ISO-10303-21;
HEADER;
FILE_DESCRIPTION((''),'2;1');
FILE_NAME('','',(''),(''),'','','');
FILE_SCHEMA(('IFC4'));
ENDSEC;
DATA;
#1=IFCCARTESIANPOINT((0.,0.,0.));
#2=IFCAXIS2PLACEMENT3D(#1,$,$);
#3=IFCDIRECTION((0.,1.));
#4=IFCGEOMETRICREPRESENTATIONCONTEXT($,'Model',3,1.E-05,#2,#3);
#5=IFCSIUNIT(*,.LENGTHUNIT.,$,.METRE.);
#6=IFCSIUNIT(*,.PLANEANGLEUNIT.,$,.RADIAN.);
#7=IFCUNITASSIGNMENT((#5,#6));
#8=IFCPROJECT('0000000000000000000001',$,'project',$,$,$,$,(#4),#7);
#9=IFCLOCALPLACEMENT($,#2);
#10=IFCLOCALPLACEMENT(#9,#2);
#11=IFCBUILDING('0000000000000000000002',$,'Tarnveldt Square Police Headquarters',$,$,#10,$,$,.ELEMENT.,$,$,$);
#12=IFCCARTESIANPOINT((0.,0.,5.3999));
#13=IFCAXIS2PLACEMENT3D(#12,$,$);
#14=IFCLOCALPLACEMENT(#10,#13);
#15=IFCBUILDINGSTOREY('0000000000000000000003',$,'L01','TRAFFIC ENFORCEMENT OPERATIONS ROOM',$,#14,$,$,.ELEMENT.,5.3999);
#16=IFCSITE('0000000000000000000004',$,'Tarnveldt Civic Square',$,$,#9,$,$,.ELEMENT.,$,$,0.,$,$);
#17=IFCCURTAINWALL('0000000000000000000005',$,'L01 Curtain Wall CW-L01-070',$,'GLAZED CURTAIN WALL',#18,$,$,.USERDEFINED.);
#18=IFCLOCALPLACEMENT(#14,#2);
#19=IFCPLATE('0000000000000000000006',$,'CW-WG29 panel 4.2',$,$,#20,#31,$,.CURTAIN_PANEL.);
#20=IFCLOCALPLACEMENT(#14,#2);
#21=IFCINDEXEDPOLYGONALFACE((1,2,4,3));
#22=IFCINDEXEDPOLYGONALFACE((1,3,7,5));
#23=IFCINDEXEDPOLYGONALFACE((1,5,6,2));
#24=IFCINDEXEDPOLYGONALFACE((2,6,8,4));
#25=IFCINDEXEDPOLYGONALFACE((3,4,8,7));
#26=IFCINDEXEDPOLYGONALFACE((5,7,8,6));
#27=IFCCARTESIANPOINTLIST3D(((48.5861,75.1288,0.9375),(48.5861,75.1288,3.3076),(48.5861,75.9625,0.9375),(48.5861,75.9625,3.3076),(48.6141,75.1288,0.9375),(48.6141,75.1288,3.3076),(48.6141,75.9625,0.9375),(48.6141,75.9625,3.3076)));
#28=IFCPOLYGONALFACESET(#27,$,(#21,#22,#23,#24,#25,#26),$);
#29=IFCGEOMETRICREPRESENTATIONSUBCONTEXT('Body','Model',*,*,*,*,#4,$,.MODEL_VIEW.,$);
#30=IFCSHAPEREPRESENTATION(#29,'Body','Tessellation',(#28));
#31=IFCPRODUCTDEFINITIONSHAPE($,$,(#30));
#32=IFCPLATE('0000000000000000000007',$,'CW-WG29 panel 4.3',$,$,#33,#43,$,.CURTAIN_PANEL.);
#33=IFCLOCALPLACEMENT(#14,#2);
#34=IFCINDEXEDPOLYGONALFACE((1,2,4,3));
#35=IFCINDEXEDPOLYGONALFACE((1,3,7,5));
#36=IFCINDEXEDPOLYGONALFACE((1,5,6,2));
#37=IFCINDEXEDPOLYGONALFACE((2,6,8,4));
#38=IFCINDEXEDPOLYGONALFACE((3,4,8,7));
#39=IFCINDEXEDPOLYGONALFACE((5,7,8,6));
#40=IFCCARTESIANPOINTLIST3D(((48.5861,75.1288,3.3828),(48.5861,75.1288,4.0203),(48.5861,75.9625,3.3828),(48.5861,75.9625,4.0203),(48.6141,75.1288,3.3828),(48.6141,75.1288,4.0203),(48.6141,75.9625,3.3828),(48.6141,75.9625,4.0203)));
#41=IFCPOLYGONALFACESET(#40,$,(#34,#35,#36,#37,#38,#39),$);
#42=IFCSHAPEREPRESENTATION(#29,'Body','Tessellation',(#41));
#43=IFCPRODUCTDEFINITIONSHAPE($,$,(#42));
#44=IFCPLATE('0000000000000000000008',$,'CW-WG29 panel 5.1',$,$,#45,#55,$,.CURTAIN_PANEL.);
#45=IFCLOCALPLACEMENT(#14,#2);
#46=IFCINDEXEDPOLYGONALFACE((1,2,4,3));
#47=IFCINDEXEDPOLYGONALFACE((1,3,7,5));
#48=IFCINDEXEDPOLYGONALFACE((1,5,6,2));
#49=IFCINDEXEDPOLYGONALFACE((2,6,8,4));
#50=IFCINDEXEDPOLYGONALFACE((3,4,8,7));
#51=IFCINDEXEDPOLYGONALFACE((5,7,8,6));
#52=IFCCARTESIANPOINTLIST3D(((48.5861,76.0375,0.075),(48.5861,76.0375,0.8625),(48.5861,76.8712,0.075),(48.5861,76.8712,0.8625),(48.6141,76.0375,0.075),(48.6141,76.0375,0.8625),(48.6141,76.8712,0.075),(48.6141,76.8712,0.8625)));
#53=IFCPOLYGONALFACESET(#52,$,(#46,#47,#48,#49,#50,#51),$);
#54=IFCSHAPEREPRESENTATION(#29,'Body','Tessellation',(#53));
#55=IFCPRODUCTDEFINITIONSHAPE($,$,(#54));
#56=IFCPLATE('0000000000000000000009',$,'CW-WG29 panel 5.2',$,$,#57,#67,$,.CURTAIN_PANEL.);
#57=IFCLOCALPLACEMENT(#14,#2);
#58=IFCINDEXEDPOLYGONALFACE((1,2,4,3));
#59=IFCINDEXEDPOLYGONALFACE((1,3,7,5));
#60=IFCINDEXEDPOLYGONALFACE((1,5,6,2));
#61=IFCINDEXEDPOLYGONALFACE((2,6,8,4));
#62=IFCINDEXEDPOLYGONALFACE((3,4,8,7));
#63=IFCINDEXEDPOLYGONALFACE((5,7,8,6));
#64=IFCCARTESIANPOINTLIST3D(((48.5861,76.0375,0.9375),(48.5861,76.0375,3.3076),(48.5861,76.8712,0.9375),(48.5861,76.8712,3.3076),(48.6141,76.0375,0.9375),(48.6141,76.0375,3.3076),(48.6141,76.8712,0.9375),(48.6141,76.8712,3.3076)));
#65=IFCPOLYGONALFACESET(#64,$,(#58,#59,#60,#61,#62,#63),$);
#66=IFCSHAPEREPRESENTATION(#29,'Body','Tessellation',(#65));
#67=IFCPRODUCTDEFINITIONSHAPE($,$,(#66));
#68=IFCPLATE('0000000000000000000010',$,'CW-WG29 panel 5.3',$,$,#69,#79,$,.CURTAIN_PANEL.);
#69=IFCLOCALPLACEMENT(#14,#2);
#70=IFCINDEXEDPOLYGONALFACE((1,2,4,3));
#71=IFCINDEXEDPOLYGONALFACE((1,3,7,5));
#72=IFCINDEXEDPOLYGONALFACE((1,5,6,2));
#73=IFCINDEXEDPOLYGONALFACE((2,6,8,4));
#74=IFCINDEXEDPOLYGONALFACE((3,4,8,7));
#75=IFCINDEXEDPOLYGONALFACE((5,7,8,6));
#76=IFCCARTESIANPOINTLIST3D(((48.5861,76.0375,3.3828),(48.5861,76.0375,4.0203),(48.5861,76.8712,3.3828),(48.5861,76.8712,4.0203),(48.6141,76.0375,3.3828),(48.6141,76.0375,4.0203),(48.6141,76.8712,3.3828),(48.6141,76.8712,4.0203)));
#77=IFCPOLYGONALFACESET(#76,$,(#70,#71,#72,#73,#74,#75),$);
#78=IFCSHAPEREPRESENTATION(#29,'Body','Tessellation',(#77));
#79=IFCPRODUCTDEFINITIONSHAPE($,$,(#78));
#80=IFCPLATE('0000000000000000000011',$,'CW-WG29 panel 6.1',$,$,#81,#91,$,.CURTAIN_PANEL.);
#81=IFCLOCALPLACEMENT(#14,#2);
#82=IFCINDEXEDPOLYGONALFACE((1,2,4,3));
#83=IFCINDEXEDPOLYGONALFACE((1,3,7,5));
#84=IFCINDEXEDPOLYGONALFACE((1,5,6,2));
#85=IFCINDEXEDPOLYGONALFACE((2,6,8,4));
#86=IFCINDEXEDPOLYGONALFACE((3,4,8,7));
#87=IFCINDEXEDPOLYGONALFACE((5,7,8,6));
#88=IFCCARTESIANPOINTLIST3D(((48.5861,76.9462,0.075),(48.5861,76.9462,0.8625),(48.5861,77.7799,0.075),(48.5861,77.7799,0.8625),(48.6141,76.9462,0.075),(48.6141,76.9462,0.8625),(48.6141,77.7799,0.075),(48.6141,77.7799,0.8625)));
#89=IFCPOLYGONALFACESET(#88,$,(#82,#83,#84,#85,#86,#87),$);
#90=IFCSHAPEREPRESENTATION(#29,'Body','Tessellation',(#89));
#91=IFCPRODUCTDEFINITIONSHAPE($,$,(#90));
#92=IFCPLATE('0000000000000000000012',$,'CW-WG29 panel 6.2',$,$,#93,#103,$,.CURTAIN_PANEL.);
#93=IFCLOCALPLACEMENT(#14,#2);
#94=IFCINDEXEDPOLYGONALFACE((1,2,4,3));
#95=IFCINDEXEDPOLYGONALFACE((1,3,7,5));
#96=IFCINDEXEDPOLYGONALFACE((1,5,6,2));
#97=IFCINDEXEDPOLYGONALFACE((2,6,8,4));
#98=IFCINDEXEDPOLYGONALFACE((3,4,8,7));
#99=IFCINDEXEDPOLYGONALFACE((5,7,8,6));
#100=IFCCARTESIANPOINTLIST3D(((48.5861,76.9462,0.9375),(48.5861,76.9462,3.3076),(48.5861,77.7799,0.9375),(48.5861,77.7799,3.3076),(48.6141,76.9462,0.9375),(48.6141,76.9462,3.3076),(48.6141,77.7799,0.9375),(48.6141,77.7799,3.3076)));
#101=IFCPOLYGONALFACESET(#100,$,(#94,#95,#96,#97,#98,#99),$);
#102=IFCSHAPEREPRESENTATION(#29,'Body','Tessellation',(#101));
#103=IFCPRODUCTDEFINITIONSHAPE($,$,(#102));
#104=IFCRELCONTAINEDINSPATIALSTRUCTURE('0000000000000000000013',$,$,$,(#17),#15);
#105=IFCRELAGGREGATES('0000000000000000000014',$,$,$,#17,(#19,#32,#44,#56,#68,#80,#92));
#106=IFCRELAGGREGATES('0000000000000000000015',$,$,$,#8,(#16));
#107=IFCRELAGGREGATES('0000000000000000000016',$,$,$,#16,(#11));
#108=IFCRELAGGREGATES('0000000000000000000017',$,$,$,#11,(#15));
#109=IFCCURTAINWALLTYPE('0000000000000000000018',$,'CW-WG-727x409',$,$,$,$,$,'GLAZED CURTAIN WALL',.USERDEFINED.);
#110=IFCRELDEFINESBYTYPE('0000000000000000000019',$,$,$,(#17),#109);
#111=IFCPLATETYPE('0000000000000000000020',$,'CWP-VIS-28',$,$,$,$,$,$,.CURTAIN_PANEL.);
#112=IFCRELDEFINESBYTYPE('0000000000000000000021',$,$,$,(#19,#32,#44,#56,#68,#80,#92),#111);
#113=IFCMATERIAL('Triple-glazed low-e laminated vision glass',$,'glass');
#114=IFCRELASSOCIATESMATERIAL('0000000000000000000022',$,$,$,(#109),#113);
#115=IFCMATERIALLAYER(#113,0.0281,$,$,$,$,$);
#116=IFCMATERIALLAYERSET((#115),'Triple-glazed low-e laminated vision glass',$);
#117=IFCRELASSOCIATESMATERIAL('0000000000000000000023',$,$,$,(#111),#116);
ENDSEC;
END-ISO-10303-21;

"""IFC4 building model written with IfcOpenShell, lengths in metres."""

from ifc_helpers import new_model, si_unit, direction, frame, origin, origin_2d, place, context, subcontext, project, spatial, rectangle, extrude, material, layer, layer_set, type_object, element, aggregate, save


model = new_model("IFC4")

# Units and contexts
model_context = context("Model", 3, precision=1e-05, world=origin(), true_north=direction((0.0, 1.0)))
body_context = subcontext(model_context, "Body", "Model", "MODEL_VIEW")
ifc_project = project(units=[si_unit("LENGTHUNIT", "METRE"), si_unit("PLANEANGLEUNIT", "RADIAN")], contexts=[model_context])

# Site, building, storey
site_placement = place(None, origin())
site = spatial("IfcSite", under=ifc_project, at=site_placement, Name="Tarnveldt Civic Square", CompositionType="ELEMENT", RefElevation=0.0)
building_placement = place(site_placement, origin())
building = spatial("IfcBuilding", under=site, at=building_placement, Name="Tarnveldt Square Police Headquarters", CompositionType="ELEMENT")
storey_placement = place(building_placement, frame((0.0, 0.0, 5.3999)))
storey = spatial("IfcBuildingStorey", under=building, at=storey_placement, Name="L01", Description="TRAFFIC ENFORCEMENT OPERATIONS ROOM", CompositionType="ELEMENT", Elevation=5.3999)

# Curtain wall, plates
ifc_material_1 = material(Name="Triple-glazed low-e laminated vision glass", Category="glass")
curtain_wall_type = type_object("IfcCurtainWallType", Name="CW-WG-727x409", ElementType="GLAZED CURTAIN WALL", PredefinedType="USERDEFINED", material=ifc_material_1)
curtain_wall_placement = place(storey_placement, origin())
curtain_wall = element("IfcCurtainWall", 1, at=curtain_wall_placement, inside=storey, type_object=curtain_wall_type, Name="L01 Curtain Wall CW-L01-070", ObjectType="GLAZED CURTAIN WALL", PredefinedType="USERDEFINED")
ifc_layer = layer(ifc_material_1, 0.0281)
ifc_layer_set = layer_set([ifc_layer], Name="Triple-glazed low-e laminated vision glass")
plate_type = type_object("IfcPlateType", Name="CWP-VIS-28", PredefinedType="CURTAIN_PANEL", material=ifc_layer_set)
plate_1_placement = place(storey_placement, frame((48.6001, 75.5457, 0.9375), z_axis=(0.0, 0.0, 1.0), x_axis=(0.0, 1.0, 0.0)))
plate_1 = element("IfcPlate", 2, at=plate_1_placement, type_object=plate_type, Name="CW-WG29 panel 4.2", PredefinedType="CURTAIN_PANEL", context=body_context, shape_type="SweptSolid", body=[
    extrude(rectangle(XDim=0.8337, YDim=0.0281, at=origin_2d()), origin(), (0.0, 0.0, 1.0), 2.3701),
])
plate_2_placement = place(storey_placement, frame((48.6001, 75.5457, 3.3828), z_axis=(0.0, 0.0, 1.0), x_axis=(0.0, 1.0, 0.0)))
plate_2 = element("IfcPlate", 3, at=plate_2_placement, type_object=plate_type, Name="CW-WG29 panel 4.3", PredefinedType="CURTAIN_PANEL", context=body_context, shape_type="SweptSolid", body=[
    extrude(rectangle(XDim=0.8337, YDim=0.0281, at=origin_2d()), origin(), (0.0, 0.0, 1.0), 0.6375),
])
plate_3_placement = place(storey_placement, frame((48.6001, 76.4543, 0.075), z_axis=(0.0, 0.0, 1.0), x_axis=(0.0, 1.0, 0.0)))
plate_3 = element("IfcPlate", 4, at=plate_3_placement, type_object=plate_type, Name="CW-WG29 panel 5.1", PredefinedType="CURTAIN_PANEL", context=body_context, shape_type="SweptSolid", body=[
    extrude(rectangle(XDim=0.8337, YDim=0.0281, at=origin_2d()), origin(), (0.0, 0.0, 1.0), 0.7876),
])
plate_4_placement = place(storey_placement, frame((48.6001, 76.4543, 0.9375), z_axis=(0.0, 0.0, 1.0), x_axis=(0.0, 1.0, 0.0)))
plate_4 = element("IfcPlate", 5, at=plate_4_placement, type_object=plate_type, Name="CW-WG29 panel 5.2", PredefinedType="CURTAIN_PANEL", context=body_context, shape_type="SweptSolid", body=[
    extrude(rectangle(XDim=0.8337, YDim=0.0281, at=origin_2d()), origin(), (0.0, 0.0, 1.0), 2.3701),
])
plate_5_placement = place(storey_placement, frame((48.6001, 76.4543, 3.3828), z_axis=(0.0, 0.0, 1.0), x_axis=(0.0, 1.0, 0.0)))
plate_5 = element("IfcPlate", 6, at=plate_5_placement, type_object=plate_type, Name="CW-WG29 panel 5.3", PredefinedType="CURTAIN_PANEL", context=body_context, shape_type="SweptSolid", body=[
    extrude(rectangle(XDim=0.8337, YDim=0.0281, at=origin_2d()), origin(), (0.0, 0.0, 1.0), 0.6375),
])
plate_6_placement = place(storey_placement, frame((48.6001, 77.363, 0.075), z_axis=(0.0, 0.0, 1.0), x_axis=(0.0, 1.0, 0.0)))
plate_6 = element("IfcPlate", 7, at=plate_6_placement, type_object=plate_type, Name="CW-WG29 panel 6.1", PredefinedType="CURTAIN_PANEL", context=body_context, shape_type="SweptSolid", body=[
    extrude(rectangle(XDim=0.8337, YDim=0.0281, at=origin_2d()), origin(), (0.0, 0.0, 1.0), 0.7876),
])
plate_7_placement = place(storey_placement, frame((48.6001, 77.363, 0.9375), z_axis=(0.0, 0.0, 1.0), x_axis=(0.0, 1.0, 0.0)))
plate_7 = element("IfcPlate", 8, at=plate_7_placement, type_object=plate_type, Name="CW-WG29 panel 6.2", PredefinedType="CURTAIN_PANEL", context=body_context, shape_type="SweptSolid", body=[
    extrude(rectangle(XDim=0.8337, YDim=0.0281, at=origin_2d()), origin(), (0.0, 0.0, 1.0), 2.3701),
])
aggregate(curtain_wall, [plate_1, plate_2, plate_3, plate_4, plate_5, plate_6, plate_7])

save(model, "model.ifc")
